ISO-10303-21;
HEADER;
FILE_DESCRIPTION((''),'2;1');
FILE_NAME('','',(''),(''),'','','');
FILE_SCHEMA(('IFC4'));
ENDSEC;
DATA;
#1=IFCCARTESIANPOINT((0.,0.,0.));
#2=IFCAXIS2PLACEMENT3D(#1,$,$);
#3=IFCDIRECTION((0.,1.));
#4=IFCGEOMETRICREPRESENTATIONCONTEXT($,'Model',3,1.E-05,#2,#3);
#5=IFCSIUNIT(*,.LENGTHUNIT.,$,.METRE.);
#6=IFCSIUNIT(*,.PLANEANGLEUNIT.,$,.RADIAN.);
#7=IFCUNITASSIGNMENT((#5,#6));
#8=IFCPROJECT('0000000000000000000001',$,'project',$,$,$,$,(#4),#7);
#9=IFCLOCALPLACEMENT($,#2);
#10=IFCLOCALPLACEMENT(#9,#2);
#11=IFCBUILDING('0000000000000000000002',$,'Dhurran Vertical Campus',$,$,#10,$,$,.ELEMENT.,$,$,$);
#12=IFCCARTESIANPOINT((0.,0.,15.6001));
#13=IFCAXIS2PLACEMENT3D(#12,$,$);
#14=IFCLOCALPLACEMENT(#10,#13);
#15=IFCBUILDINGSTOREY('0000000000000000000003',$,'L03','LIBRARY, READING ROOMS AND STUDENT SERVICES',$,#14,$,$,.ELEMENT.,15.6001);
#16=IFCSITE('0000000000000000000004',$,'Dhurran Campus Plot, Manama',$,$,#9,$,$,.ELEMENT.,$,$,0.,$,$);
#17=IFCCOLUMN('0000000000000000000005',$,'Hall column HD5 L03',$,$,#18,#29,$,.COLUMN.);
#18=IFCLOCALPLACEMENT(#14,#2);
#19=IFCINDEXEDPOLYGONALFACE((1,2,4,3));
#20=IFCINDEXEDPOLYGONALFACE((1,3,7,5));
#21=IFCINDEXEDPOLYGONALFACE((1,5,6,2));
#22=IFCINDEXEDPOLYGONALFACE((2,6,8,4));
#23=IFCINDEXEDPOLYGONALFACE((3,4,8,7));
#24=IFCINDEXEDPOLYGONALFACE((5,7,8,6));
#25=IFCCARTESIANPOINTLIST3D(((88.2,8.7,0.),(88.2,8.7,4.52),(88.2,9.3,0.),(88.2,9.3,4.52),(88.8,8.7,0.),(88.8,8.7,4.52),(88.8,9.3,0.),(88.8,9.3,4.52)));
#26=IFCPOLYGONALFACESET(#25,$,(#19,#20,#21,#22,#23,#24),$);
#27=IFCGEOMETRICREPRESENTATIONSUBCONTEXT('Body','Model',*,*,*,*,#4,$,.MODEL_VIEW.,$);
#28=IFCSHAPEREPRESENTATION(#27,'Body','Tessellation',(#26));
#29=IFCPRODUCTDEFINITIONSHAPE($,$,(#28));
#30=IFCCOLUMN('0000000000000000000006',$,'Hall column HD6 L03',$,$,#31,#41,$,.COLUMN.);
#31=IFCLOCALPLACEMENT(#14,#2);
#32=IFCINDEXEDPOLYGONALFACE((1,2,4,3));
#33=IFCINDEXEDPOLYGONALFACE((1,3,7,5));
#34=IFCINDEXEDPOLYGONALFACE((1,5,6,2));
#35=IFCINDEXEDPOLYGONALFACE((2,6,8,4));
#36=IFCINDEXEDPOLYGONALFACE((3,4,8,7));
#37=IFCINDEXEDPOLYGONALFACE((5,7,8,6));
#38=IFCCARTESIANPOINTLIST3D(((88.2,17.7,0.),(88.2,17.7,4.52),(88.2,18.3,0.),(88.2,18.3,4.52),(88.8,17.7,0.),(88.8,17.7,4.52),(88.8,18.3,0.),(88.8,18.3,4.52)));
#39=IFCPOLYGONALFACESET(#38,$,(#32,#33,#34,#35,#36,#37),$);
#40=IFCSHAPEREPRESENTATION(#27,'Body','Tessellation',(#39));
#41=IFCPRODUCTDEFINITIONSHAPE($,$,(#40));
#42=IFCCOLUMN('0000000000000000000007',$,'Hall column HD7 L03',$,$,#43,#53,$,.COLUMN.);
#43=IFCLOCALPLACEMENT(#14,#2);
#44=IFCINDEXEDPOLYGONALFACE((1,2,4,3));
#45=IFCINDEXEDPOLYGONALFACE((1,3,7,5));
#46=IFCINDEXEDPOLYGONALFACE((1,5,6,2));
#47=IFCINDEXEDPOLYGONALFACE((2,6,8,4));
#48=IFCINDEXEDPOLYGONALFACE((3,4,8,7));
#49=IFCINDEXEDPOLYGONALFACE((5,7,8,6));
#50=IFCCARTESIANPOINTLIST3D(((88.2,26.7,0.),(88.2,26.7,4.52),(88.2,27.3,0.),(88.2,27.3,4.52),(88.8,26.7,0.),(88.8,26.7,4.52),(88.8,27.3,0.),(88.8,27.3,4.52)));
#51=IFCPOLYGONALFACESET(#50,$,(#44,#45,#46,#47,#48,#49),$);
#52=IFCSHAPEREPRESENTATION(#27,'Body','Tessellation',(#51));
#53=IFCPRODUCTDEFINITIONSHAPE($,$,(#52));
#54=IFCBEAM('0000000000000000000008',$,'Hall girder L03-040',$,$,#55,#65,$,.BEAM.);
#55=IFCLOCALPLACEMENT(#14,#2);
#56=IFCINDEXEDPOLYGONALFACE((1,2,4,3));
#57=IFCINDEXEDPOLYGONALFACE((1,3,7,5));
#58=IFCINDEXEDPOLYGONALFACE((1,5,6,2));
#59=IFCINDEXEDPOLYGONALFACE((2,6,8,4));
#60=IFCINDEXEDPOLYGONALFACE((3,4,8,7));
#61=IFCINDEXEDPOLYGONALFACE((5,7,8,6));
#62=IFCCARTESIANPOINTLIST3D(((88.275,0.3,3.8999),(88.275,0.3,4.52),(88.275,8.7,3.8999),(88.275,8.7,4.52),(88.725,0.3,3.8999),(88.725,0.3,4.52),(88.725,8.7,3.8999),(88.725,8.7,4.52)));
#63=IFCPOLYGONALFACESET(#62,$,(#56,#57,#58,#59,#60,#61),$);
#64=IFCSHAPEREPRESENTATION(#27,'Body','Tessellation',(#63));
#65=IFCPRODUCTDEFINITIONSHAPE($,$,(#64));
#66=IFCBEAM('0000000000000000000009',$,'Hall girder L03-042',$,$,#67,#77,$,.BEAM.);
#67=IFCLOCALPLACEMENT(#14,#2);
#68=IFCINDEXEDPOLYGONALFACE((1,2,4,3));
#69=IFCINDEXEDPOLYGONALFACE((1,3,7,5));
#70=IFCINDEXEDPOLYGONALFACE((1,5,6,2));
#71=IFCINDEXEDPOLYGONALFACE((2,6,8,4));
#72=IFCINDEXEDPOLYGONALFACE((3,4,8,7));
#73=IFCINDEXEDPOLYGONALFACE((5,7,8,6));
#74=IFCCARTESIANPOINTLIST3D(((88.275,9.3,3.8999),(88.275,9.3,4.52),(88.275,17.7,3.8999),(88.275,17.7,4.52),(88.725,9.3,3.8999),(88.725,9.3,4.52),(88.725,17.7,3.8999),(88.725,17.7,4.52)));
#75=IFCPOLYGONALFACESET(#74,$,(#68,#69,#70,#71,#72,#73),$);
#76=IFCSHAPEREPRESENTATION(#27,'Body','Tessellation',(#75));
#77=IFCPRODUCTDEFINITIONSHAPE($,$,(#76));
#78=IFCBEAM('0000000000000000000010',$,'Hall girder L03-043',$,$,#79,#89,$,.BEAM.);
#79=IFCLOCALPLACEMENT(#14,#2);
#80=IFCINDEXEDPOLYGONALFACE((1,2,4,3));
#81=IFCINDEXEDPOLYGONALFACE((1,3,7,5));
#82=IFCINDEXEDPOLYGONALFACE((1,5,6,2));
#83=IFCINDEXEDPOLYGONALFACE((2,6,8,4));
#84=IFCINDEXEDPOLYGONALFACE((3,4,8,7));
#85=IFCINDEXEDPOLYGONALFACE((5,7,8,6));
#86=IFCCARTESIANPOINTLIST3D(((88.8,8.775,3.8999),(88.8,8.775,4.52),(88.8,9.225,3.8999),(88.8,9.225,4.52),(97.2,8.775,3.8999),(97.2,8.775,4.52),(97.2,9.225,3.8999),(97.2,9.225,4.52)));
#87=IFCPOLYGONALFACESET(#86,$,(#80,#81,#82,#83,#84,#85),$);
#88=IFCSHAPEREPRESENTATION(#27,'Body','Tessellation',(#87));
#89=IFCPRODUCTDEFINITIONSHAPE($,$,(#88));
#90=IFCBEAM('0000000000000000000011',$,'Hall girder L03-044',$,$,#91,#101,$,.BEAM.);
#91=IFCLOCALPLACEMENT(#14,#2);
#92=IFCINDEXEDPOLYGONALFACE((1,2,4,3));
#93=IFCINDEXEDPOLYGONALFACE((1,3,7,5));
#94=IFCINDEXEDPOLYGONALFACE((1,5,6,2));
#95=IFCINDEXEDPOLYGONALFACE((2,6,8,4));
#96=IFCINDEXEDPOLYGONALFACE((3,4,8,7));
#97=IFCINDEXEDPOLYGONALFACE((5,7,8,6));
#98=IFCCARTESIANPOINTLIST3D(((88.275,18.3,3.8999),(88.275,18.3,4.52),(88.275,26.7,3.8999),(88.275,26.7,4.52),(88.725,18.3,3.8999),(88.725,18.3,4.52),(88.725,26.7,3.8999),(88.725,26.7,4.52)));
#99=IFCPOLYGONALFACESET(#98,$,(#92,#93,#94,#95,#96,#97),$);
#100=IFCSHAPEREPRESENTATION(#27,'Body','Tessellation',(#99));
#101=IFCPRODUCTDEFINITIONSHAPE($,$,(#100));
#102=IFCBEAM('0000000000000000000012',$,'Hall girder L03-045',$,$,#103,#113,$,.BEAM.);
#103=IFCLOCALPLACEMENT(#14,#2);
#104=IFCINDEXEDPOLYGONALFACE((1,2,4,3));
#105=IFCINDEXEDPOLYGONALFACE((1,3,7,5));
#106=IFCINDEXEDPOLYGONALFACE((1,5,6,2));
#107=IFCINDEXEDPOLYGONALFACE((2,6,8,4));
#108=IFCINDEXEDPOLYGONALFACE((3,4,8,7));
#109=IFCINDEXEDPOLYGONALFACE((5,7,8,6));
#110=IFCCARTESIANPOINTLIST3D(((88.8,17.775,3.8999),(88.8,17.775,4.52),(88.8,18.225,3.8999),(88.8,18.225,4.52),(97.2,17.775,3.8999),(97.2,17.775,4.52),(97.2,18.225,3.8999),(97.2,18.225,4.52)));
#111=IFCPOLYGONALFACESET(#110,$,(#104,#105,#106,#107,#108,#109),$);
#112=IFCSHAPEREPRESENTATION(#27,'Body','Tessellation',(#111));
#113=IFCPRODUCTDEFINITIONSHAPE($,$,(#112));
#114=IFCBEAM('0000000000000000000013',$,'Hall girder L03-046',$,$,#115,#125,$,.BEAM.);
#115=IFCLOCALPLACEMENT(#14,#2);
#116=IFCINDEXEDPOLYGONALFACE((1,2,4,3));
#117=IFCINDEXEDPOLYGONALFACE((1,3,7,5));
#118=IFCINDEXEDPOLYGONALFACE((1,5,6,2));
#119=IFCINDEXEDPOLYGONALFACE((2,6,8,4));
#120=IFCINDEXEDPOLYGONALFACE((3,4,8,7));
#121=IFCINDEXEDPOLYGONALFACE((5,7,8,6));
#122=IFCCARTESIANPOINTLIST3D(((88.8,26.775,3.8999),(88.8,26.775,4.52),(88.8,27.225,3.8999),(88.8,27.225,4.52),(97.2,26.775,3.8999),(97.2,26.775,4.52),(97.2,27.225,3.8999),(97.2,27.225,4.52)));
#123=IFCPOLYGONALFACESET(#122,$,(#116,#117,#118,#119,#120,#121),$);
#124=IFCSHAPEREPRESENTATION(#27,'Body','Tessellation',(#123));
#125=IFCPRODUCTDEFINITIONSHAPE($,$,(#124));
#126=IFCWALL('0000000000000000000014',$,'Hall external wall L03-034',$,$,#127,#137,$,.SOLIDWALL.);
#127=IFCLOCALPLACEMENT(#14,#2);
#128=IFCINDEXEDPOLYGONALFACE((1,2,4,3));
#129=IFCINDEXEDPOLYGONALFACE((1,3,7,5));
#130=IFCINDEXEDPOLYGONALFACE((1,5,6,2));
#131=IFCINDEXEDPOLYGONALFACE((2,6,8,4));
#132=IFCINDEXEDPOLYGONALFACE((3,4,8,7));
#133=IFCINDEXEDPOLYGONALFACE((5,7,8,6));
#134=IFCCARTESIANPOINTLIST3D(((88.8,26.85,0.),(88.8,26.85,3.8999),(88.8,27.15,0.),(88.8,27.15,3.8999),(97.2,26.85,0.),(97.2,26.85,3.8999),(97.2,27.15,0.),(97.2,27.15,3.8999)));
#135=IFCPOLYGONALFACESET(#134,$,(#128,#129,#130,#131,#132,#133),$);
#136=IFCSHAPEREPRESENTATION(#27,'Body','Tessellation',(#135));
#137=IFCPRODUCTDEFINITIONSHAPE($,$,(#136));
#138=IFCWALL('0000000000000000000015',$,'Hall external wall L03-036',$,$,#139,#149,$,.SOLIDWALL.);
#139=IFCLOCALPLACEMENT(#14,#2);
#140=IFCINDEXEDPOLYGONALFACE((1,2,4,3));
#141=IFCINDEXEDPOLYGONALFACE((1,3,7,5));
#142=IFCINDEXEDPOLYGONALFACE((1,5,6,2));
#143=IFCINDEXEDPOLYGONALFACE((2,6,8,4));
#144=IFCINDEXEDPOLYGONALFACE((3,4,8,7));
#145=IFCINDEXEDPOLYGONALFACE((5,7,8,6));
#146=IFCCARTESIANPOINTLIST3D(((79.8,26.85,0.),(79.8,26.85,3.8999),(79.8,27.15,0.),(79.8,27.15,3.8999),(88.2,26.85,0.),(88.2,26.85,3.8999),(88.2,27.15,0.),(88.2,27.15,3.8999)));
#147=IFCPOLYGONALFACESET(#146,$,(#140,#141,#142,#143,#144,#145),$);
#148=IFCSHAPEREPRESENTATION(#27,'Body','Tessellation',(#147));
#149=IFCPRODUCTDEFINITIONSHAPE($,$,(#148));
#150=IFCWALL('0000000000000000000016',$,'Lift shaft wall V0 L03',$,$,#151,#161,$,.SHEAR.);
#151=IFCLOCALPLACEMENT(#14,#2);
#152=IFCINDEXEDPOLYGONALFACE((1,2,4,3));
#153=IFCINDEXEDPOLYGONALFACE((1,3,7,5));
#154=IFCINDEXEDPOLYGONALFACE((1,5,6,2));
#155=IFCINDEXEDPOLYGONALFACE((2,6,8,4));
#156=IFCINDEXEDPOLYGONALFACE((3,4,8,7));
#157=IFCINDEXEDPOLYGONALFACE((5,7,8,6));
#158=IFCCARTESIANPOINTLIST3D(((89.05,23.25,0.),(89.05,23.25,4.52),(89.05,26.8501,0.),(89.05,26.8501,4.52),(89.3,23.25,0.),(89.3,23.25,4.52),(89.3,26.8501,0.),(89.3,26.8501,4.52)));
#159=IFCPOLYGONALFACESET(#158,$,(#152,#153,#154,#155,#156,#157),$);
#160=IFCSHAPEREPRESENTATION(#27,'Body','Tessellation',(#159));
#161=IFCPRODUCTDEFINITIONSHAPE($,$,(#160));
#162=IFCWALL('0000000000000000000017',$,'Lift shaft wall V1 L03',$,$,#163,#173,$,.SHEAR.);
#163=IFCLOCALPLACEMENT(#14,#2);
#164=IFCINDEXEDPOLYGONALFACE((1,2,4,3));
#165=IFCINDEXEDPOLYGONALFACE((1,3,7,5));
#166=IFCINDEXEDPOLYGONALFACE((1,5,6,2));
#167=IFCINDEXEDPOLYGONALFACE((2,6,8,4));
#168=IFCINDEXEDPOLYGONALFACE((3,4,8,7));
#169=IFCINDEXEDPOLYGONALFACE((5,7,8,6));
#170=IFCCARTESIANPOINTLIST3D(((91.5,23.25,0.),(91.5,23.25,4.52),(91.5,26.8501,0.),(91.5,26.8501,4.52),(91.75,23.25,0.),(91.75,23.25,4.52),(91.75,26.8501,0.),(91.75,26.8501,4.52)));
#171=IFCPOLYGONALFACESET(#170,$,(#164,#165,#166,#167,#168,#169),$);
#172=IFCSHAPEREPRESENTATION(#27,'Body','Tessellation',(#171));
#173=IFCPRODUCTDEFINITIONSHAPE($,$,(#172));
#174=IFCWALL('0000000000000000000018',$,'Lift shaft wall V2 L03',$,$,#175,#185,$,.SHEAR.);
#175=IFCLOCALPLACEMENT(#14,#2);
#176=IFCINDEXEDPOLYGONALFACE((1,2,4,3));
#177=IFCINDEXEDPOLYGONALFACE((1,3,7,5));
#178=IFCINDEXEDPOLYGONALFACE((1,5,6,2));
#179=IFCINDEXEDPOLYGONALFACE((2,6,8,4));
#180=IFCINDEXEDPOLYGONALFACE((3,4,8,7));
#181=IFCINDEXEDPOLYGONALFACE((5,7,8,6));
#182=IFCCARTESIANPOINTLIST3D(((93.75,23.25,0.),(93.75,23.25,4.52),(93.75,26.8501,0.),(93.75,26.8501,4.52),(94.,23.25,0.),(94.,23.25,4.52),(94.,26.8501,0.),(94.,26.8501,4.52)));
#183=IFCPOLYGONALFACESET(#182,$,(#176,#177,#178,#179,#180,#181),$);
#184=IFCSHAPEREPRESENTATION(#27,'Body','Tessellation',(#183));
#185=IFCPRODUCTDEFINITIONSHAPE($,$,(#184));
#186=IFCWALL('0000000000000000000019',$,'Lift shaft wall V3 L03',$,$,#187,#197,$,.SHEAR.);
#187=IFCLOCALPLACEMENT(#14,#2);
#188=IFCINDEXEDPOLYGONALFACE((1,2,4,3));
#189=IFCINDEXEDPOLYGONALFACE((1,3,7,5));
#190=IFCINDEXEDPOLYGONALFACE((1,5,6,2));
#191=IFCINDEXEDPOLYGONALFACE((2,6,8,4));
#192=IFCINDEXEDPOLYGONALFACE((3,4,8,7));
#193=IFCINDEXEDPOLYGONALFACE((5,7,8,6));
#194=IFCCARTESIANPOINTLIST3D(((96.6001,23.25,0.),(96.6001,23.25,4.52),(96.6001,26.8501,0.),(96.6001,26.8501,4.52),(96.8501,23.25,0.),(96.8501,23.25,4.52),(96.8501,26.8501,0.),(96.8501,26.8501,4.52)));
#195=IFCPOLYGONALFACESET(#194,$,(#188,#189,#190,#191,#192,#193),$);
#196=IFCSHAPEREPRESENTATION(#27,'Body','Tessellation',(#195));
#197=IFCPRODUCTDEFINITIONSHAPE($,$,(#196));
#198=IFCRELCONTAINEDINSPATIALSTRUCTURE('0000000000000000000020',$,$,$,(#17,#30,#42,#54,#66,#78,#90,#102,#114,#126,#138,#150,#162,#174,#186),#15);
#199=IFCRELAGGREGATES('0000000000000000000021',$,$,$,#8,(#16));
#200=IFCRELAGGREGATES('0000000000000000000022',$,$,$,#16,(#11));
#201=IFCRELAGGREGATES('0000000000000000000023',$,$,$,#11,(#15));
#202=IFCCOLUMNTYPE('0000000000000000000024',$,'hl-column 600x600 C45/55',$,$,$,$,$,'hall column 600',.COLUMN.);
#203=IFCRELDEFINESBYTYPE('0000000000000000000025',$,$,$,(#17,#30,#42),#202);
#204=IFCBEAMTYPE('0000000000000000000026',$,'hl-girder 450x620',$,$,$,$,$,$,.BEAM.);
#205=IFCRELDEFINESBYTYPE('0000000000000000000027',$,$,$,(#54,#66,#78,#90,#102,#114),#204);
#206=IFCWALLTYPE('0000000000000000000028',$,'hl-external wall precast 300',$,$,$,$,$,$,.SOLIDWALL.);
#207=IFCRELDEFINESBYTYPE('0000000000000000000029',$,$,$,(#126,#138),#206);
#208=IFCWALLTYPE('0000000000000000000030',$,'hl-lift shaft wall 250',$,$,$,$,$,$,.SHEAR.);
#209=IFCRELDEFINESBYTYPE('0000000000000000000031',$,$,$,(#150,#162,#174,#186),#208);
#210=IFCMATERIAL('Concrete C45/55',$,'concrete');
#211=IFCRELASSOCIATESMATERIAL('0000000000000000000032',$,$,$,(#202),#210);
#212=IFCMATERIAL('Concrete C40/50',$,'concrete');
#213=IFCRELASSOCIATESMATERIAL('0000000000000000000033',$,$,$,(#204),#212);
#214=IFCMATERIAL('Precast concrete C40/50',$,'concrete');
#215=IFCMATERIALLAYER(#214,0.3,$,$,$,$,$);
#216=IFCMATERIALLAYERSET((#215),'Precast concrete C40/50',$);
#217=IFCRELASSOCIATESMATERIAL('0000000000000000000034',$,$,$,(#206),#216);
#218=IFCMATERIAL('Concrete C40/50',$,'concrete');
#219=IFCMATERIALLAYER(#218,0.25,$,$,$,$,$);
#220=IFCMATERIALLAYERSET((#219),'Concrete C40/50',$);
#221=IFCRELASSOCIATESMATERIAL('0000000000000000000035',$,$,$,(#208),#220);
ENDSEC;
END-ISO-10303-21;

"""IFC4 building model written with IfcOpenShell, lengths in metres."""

from ifc_helpers import new_model, si_unit, direction, frame, frame_2d, origin, origin_2d, place, context, subcontext, project, spatial, rectangle, extrude, material, layer, layer_set, material_profile, profile_set, type_object, element, save


model = new_model("IFC4")

# Units and contexts
model_context = context("Model", 3, precision=1e-05, world=origin(), true_north=direction((0.0, 1.0)))
body_context = subcontext(model_context, "Body", "Model", "MODEL_VIEW")
ifc_project = project(units=[si_unit("LENGTHUNIT", "METRE"), si_unit("PLANEANGLEUNIT", "RADIAN")], contexts=[model_context])

# Site, building, storey
site_placement = place(None, origin())
site = spatial("IfcSite", under=ifc_project, at=site_placement, Name="Dhurran Campus Plot, Manama", CompositionType="ELEMENT", RefElevation=0.0)
building_placement = place(site_placement, origin())
building = spatial("IfcBuilding", under=site, at=building_placement, Name="Dhurran Vertical Campus", CompositionType="ELEMENT")
storey_placement = place(building_placement, frame((0.0, 0.0, 15.6001)))
storey = spatial("IfcBuildingStorey", under=building, at=storey_placement, Name="L03", Description="LIBRARY, READING ROOMS AND STUDENT SERVICES", CompositionType="ELEMENT", Elevation=15.6001)

# Columns
ifc_material_1 = material(Name="Concrete C45/55", Category="concrete")
ifc_material_profile_1 = material_profile(ifc_material_1, rectangle(XDim=0.6001, YDim=0.6001, at=origin_2d()), Name="hl-column 600x600 C45/55")
ifc_profile_set_1 = profile_set([ifc_material_profile_1], Name="Concrete C45/55")
column_type = type_object("IfcColumnType", Name="hl-column 600x600 C45/55", ElementType="hall column 600", PredefinedType="COLUMN", material=ifc_profile_set_1)
for number, where, z_axis, x_axis, name in (
    (1, (88.5, 9.0, 0.0), (0.0, 0.0, 1.0), (1.0, 0.0, 0.0), "Hall column HD5 L03"),
    (2, (88.5, 18.0, 0.0), (0.0, 0.0, 1.0), (1.0, 0.0, 0.0), "Hall column HD6 L03"),
    (3, (88.5, 27.0, 0.0), (0.0, 0.0, 1.0), (1.0, 0.0, 0.0), "Hall column HD7 L03"),
):
    element("IfcColumn", number, at=place(storey_placement, frame(where, z_axis=z_axis, x_axis=x_axis)), inside=storey, type_object=column_type, Name=name, PredefinedType="COLUMN", context=body_context, shape_type="SweptSolid", body=[
        extrude(rectangle(XDim=0.6001, YDim=0.6001, at=origin_2d()), origin(), (0.0, 0.0, 1.0), 4.52),
    ])

# Beams
ifc_material_2 = material(Name="Concrete C40/50", Category="concrete")
ifc_material_profile_2 = material_profile(ifc_material_2, rectangle(XDim=0.45, YDim=0.6201, at=origin_2d()), Name="hl-girder 450x620")
ifc_profile_set_2 = profile_set([ifc_material_profile_2], Name="Concrete C40/50")
beam_type = type_object("IfcBeamType", Name="hl-girder 450x620", PredefinedType="BEAM", material=ifc_profile_set_2)
for number, where, z_axis, x_axis, name in (
    (4, (88.5, 0.3, 4.21), (0.0, 1.0, 0.0), (-1.0, 0.0, 0.0), "Hall girder L03-040"),
    (5, (88.5, 9.3, 4.21), (0.0, 1.0, 0.0), (-1.0, 0.0, 0.0), "Hall girder L03-042"),
    (6, (88.8, 9.0, 4.21), (1.0, 0.0, 0.0), (0.0, 1.0, 0.0), "Hall girder L03-043"),
    (7, (88.5, 18.3, 4.21), (0.0, 1.0, 0.0), (-1.0, 0.0, 0.0), "Hall girder L03-044"),
    (8, (88.8, 18.0, 4.21), (1.0, 0.0, 0.0), (0.0, 1.0, 0.0), "Hall girder L03-045"),
    (9, (88.8, 27.0, 4.21), (1.0, 0.0, 0.0), (0.0, 1.0, 0.0), "Hall girder L03-046"),
):
    element("IfcBeam", number, at=place(storey_placement, frame(where, z_axis=z_axis, x_axis=x_axis)), inside=storey, type_object=beam_type, Name=name, PredefinedType="BEAM", context=body_context, shape_type="SweptSolid", body=[
        extrude(rectangle(XDim=0.45, YDim=0.6201, at=origin_2d()), origin(), (0.0, 0.0, 1.0), 8.3999),
    ])

# Walls
ifc_material_3 = material(Name="Precast concrete C40/50", Category="concrete")
ifc_layer_1 = layer(ifc_material_3, 0.3)
ifc_layer_set_1 = layer_set([ifc_layer_1], Name="Precast concrete C40/50")
wall_type_1 = type_object("IfcWallType", Name="hl-external wall precast 300", PredefinedType="SOLIDWALL", material=ifc_layer_set_1)
for number, where, z_axis, x_axis, name in (
    (10, (97.2, 27.0, 0.0), (0.0, 0.0, 1.0), (-1.0, 0.0, 0.0), "Hall external wall L03-034"),
    (11, (88.2, 27.0, 0.0), (0.0, 0.0, 1.0), (-1.0, 0.0, 0.0), "Hall external wall L03-036"),
):
    element("IfcWall", number, at=place(storey_placement, frame(where, z_axis=z_axis, x_axis=x_axis)), inside=storey, type_object=wall_type_1, Name=name, PredefinedType="SOLIDWALL", context=body_context, shape_type="SweptSolid", body=[
        extrude(rectangle(XDim=8.3999, YDim=0.3, at=frame_2d((4.2, 0.0))), origin(), (0.0, 0.0, 1.0), 3.8999),
    ])
ifc_material_4 = material(Name="Concrete C40/50", Category="concrete")
ifc_layer_2 = layer(ifc_material_4, 0.25)
ifc_layer_set_2 = layer_set([ifc_layer_2], Name="Concrete C40/50")
wall_type_2 = type_object("IfcWallType", Name="hl-lift shaft wall 250", PredefinedType="SHEAR", material=ifc_layer_set_2)
for number, where, z_axis, x_axis, name in (
    (12, (89.175, 23.25, 0.0), (0.0, 0.0, 1.0), (0.0, 1.0, 0.0), "Lift shaft wall V0 L03"),
    (13, (91.625, 23.25, 0.0), (0.0, 0.0, 1.0), (0.0, 1.0, 0.0), "Lift shaft wall V1 L03"),
    (14, (93.875, 23.25, 0.0), (0.0, 0.0, 1.0), (0.0, 1.0, 0.0), "Lift shaft wall V2 L03"),
    (15, (96.7251, 23.25, 0.0), (0.0, 0.0, 1.0), (0.0, 1.0, 0.0), "Lift shaft wall V3 L03"),
):
    element("IfcWall", number, at=place(storey_placement, frame(where, z_axis=z_axis, x_axis=x_axis)), inside=storey, type_object=wall_type_2, Name=name, PredefinedType="SHEAR", context=body_context, shape_type="SweptSolid", body=[
        extrude(rectangle(XDim=3.6001, YDim=0.25, at=frame_2d((1.8, 0.0))), origin(), (0.0, 0.0, 1.0), 4.52),
    ])

save(model, "model.ifc")
